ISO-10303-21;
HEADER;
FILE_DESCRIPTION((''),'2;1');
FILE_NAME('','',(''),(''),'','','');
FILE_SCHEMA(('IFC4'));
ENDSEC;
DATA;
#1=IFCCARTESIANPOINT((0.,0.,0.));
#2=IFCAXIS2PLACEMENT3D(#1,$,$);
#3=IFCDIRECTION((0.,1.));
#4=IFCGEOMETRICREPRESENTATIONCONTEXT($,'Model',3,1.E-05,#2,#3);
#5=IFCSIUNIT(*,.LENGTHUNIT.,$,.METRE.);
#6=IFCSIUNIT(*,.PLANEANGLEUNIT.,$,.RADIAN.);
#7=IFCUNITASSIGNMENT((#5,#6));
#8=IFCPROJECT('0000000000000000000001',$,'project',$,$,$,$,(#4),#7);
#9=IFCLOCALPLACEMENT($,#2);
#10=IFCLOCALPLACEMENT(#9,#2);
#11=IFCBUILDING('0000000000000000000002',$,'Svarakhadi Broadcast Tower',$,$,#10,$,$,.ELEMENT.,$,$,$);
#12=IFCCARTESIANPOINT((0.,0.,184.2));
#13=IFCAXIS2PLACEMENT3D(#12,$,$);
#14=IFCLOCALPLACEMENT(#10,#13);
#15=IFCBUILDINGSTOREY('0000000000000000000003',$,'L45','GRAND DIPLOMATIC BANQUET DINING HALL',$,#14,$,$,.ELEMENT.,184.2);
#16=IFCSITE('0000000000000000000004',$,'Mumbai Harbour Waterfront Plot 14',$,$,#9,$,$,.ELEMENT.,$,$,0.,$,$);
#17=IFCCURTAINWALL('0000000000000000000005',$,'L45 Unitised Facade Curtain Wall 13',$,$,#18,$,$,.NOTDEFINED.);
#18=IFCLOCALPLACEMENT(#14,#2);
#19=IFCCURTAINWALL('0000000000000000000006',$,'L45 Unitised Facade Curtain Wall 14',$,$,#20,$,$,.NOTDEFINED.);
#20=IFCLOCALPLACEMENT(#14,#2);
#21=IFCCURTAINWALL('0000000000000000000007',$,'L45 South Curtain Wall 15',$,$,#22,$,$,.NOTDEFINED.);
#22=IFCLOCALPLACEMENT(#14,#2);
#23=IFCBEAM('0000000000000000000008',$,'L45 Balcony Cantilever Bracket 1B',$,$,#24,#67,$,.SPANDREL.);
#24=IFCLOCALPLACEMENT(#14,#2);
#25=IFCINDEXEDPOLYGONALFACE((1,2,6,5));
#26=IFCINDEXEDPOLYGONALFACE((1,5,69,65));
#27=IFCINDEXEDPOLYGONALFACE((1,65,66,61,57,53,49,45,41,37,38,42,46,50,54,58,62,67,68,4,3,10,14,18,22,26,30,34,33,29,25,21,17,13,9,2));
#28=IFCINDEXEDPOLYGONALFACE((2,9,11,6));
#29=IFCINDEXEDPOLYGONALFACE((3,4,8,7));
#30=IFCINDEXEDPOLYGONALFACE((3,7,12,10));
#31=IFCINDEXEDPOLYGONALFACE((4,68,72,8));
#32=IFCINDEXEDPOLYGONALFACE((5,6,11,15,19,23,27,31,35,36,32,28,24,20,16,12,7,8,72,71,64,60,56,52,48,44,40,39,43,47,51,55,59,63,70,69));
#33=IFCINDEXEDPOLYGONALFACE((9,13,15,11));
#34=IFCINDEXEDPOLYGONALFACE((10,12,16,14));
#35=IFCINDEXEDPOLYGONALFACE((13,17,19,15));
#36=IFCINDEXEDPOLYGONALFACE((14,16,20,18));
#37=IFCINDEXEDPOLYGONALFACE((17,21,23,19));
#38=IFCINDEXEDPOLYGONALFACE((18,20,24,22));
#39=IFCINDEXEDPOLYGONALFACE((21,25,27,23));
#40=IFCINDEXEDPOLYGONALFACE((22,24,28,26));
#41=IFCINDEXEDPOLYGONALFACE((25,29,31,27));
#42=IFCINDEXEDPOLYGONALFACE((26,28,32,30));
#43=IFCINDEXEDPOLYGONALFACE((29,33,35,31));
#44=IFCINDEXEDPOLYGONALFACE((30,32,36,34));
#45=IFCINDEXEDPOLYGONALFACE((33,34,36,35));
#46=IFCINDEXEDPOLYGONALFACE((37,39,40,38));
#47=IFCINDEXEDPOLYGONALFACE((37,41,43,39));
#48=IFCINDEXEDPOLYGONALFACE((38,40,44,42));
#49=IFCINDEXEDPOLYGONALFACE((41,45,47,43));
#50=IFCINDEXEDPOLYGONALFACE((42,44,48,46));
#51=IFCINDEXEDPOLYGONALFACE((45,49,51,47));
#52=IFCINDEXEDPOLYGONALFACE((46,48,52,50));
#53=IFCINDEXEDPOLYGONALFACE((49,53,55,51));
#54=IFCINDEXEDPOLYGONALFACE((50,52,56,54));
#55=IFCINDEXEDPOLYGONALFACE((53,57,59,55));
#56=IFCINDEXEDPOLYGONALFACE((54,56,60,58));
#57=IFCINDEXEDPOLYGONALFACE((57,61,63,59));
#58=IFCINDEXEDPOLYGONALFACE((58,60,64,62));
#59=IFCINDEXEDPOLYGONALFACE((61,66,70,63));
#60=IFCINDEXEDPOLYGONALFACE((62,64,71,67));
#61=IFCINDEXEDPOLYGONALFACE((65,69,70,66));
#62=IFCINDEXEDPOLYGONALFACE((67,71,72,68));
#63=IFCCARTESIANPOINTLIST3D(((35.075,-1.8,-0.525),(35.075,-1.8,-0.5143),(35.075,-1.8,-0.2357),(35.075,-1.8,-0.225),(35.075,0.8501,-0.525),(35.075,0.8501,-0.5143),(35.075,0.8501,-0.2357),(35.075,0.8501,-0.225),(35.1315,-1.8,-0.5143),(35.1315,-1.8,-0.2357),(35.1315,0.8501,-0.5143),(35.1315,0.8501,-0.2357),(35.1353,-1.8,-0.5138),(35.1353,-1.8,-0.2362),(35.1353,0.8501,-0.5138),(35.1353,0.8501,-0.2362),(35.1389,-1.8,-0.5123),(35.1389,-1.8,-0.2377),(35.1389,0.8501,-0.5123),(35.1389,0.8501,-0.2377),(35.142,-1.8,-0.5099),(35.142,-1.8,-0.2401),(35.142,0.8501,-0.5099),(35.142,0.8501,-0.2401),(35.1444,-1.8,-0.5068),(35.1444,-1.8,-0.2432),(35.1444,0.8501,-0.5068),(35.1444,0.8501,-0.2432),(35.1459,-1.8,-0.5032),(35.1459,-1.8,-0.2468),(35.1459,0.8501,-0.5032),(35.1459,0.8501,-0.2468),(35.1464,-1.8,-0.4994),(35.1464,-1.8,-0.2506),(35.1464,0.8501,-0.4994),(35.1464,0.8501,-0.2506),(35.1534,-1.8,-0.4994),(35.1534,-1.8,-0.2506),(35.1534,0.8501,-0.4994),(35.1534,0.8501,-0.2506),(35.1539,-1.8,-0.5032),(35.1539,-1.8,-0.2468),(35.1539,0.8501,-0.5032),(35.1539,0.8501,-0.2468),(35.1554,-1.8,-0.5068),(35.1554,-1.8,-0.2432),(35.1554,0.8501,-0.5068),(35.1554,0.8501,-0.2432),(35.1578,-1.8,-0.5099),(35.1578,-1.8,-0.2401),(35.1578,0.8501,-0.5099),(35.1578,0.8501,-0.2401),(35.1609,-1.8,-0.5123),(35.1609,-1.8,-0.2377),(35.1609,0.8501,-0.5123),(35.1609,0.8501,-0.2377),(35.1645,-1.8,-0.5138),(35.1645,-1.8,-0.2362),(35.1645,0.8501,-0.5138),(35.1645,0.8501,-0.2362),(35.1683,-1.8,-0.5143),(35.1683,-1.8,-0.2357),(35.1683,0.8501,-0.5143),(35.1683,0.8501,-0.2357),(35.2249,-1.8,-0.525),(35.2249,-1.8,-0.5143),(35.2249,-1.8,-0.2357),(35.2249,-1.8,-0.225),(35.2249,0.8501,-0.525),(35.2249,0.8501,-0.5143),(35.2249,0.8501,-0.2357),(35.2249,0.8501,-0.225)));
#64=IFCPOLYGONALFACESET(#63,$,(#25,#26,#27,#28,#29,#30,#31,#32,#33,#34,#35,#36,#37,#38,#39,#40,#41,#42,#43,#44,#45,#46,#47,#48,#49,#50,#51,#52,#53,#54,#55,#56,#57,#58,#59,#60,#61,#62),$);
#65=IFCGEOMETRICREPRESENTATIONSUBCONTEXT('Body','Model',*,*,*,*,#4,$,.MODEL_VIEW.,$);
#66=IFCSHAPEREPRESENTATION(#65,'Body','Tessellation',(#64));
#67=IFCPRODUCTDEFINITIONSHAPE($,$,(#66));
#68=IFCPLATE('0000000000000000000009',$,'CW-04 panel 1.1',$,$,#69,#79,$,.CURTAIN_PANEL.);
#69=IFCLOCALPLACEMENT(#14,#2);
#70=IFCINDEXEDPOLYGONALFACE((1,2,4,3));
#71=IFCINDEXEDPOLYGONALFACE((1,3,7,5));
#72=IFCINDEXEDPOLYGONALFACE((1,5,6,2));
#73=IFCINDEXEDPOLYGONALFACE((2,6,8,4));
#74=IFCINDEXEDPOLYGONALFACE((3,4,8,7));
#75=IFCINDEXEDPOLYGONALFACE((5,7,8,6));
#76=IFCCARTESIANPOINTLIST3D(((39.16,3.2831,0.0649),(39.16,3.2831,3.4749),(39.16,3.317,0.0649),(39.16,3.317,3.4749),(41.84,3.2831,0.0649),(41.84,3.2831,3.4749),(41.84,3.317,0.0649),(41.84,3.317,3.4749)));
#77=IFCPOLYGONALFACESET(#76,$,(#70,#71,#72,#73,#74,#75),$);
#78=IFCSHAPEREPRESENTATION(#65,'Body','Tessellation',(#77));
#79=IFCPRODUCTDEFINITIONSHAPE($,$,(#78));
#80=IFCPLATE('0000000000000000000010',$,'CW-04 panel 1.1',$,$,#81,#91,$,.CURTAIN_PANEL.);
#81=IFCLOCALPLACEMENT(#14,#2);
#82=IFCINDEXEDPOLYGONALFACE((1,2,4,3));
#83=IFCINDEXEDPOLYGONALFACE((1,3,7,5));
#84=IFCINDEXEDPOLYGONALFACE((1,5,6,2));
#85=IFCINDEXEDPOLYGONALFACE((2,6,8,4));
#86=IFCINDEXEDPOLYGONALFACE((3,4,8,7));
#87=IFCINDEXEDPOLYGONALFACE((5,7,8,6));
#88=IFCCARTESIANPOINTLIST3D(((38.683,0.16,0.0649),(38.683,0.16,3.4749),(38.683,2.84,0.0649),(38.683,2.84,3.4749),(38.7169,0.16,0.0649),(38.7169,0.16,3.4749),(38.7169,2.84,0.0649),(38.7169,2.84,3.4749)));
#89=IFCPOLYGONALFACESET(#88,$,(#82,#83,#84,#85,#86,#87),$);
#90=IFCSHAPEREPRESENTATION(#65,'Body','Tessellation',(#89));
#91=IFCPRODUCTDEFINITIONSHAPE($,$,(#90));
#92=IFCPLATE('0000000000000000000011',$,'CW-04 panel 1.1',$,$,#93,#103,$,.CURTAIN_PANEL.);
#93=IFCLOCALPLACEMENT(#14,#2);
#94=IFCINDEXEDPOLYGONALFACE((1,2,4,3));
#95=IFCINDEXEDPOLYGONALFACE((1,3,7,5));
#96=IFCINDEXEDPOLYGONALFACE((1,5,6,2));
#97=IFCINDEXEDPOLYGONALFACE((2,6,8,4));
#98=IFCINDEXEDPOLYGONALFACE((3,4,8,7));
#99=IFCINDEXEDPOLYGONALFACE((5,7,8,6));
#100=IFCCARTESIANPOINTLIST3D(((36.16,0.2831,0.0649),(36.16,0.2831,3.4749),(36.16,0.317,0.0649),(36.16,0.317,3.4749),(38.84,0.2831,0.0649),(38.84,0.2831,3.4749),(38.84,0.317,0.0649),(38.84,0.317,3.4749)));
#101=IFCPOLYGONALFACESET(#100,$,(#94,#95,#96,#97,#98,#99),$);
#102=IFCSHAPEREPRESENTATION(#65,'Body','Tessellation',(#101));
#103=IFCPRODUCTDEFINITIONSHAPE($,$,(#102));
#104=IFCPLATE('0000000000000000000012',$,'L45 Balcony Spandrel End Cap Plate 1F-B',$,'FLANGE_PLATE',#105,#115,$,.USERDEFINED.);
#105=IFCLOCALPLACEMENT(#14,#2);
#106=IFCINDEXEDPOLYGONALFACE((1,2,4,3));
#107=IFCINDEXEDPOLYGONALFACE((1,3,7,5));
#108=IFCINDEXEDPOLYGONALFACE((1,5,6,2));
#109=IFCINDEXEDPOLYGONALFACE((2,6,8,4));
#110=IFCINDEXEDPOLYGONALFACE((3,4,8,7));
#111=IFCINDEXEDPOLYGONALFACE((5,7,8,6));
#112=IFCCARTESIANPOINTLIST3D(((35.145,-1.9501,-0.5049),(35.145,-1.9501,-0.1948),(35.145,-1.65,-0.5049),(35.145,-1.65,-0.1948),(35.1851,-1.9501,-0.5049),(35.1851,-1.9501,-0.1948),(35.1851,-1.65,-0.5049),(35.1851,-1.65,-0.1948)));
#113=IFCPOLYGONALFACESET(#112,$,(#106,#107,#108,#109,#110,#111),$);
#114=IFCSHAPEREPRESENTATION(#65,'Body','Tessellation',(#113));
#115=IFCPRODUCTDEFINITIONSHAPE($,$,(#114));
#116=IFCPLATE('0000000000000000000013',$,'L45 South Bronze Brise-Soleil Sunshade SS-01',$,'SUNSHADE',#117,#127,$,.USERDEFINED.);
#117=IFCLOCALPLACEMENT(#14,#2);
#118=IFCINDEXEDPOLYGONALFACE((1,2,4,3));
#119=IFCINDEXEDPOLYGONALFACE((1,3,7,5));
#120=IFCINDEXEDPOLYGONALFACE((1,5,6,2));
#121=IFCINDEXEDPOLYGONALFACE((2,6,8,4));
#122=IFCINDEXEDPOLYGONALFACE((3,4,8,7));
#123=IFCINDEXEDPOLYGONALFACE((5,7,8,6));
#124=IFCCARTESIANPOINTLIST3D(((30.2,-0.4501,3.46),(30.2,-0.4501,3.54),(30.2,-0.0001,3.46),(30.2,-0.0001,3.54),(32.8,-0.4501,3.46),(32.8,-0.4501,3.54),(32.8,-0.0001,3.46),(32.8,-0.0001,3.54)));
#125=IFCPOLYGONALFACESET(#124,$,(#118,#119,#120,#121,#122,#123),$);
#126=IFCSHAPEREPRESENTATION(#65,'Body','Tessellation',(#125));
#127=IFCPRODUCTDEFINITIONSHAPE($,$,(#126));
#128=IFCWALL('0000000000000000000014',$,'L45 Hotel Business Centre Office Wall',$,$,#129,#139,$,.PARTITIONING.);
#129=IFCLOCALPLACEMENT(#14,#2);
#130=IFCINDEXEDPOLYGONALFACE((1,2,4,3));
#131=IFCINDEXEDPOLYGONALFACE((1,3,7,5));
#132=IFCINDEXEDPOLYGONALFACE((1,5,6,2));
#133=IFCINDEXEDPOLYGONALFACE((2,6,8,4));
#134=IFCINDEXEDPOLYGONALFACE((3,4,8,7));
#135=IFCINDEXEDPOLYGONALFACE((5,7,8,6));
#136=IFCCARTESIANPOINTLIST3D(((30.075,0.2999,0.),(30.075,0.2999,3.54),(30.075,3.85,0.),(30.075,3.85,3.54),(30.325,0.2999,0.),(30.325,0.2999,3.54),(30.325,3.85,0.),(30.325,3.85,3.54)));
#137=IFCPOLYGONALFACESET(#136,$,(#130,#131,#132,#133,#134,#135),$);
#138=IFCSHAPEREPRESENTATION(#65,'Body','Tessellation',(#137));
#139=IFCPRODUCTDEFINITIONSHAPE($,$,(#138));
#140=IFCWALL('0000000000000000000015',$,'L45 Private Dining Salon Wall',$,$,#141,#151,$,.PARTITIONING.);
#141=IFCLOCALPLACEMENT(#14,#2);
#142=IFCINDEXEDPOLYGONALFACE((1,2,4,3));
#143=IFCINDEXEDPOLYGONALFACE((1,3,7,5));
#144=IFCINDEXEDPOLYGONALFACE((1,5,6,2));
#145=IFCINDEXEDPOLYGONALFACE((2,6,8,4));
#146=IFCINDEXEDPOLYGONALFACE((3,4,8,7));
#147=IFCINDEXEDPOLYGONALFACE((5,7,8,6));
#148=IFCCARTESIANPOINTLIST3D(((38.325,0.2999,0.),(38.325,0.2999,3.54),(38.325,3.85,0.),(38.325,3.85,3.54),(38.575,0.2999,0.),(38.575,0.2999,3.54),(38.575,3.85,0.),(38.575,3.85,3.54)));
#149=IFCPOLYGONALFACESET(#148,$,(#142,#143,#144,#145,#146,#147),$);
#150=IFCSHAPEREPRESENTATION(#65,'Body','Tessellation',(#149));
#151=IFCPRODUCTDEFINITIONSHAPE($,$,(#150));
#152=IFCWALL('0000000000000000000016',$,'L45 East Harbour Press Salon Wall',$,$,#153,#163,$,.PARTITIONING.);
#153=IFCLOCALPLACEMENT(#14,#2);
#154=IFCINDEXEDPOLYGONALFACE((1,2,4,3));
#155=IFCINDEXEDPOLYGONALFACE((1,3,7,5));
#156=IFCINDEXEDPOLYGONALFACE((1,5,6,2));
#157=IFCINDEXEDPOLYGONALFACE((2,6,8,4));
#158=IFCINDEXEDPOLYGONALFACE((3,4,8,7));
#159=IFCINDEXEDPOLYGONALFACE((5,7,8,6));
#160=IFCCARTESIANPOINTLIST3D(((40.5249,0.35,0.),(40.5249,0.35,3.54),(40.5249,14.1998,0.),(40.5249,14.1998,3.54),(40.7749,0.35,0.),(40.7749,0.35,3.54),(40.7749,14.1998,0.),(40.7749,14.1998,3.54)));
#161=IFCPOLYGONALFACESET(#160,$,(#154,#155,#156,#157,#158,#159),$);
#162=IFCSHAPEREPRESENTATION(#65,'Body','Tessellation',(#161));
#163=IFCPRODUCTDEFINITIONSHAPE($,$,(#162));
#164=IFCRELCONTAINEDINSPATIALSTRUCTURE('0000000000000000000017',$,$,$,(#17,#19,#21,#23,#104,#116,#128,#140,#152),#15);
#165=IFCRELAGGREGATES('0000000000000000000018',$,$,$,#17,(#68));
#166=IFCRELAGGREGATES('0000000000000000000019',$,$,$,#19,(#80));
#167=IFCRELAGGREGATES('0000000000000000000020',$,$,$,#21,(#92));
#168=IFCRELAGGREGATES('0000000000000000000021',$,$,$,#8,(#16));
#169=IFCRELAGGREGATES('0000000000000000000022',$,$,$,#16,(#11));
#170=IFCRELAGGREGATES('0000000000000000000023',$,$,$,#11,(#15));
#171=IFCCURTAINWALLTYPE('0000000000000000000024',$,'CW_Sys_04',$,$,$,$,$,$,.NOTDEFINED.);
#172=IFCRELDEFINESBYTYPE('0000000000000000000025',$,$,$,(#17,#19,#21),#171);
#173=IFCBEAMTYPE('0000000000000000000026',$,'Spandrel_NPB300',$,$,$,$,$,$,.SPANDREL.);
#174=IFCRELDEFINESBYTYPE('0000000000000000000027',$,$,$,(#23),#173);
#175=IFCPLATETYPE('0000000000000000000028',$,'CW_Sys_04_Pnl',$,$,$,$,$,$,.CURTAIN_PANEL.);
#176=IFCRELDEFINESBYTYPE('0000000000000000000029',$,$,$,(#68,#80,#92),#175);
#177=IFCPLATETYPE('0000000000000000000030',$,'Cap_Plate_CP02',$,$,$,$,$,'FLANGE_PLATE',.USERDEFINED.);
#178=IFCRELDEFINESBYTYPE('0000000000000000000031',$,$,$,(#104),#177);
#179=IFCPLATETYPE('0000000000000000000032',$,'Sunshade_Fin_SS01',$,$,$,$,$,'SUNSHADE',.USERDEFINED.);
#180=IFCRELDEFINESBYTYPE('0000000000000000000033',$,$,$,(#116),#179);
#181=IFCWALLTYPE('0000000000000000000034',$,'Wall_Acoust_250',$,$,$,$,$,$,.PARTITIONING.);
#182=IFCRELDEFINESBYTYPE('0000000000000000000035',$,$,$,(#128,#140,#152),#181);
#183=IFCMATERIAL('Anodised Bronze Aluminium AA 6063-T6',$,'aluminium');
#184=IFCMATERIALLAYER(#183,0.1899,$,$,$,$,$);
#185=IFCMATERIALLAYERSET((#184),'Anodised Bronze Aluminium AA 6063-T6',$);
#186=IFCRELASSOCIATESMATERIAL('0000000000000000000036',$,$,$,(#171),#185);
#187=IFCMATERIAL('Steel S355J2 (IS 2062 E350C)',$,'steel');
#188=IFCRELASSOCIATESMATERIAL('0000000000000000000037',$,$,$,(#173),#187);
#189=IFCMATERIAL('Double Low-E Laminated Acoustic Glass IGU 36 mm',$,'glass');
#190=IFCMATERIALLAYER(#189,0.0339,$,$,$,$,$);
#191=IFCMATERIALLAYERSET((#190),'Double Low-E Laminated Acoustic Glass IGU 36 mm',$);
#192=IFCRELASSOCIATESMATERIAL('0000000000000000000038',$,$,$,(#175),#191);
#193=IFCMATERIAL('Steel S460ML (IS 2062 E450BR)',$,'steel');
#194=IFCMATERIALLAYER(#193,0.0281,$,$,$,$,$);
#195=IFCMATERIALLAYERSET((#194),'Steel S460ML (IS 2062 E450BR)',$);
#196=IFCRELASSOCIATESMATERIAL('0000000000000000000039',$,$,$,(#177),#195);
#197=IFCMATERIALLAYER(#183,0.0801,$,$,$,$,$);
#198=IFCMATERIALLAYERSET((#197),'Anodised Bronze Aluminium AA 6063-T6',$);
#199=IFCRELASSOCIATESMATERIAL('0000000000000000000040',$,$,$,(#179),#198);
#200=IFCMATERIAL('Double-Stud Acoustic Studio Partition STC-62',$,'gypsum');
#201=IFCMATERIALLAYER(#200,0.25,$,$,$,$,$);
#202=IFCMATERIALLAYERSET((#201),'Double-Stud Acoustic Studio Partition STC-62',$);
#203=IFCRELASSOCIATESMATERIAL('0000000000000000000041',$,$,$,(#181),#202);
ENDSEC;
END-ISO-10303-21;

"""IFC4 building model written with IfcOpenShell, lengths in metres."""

from ifc_helpers import new_model, si_unit, direction, frame, frame_2d, origin, origin_2d, place, context, subcontext, project, spatial, rectangle, i_section, extrude, material, layer, layer_set, material_profile, profile_set, type_object, element, aggregate, save


model = new_model("IFC4")

# Units and contexts
model_context = context("Model", 3, precision=1e-05, world=origin(), true_north=direction((0.0, 1.0)))
body_context = subcontext(model_context, "Body", "Model", "MODEL_VIEW")
ifc_project = project(units=[si_unit("LENGTHUNIT", "METRE"), si_unit("PLANEANGLEUNIT", "RADIAN")], contexts=[model_context])

# Site, building, storey
site_placement = place(None, origin())
site = spatial("IfcSite", under=ifc_project, at=site_placement, Name="Mumbai Harbour Waterfront Plot 14", CompositionType="ELEMENT", RefElevation=0.0)
building_placement = place(site_placement, origin())
building = spatial("IfcBuilding", under=site, at=building_placement, Name="Svarakhadi Broadcast Tower", CompositionType="ELEMENT")
storey_placement = place(building_placement, frame((0.0, 0.0, 184.2)))
storey = spatial("IfcBuildingStorey", under=building, at=storey_placement, Name="L45", Description="GRAND DIPLOMATIC BANQUET DINING HALL", CompositionType="ELEMENT", Elevation=184.2)

# Curtain wall
ifc_material_1 = material(Name="Anodised Bronze Aluminium AA 6063-T6", Category="aluminium")
ifc_layer_1 = layer(ifc_material_1, 0.1899)
ifc_layer_set_1 = layer_set([ifc_layer_1], Name="Anodised Bronze Aluminium AA 6063-T6")
curtain_wall_type = type_object("IfcCurtainWallType", Name="CW_Sys_04", PredefinedType="NOTDEFINED", material=ifc_layer_set_1)
curtain_wall_1_placement = place(storey_placement, origin())
curtain_wall_1 = element("IfcCurtainWall", 1, at=curtain_wall_1_placement, inside=storey, type_object=curtain_wall_type, Name="L45 Unitised Facade Curtain Wall 13", PredefinedType="NOTDEFINED")

# Curtain walls
curtain_wall_2_placement = place(storey_placement, origin())
curtain_wall_2 = element("IfcCurtainWall", 2, at=curtain_wall_2_placement, inside=storey, type_object=curtain_wall_type, Name="L45 Unitised Facade Curtain Wall 14", PredefinedType="NOTDEFINED")
curtain_wall_3_placement = place(storey_placement, origin())
curtain_wall_3 = element("IfcCurtainWall", 3, at=curtain_wall_3_placement, inside=storey, type_object=curtain_wall_type, Name="L45 South Curtain Wall 15", PredefinedType="NOTDEFINED")

# Beam
ifc_material_2 = material(Name="Steel S355J2 (IS 2062 E350C)", Category="steel")
ifc_material_profile_1 = material_profile(ifc_material_2, i_section(OverallWidth=0.1499, OverallDepth=0.3, WebThickness=0.0071, FlangeThickness=0.0107, FilletRadius=0.0149, at=origin_2d()), Name="NPB 300x150x37")
ifc_profile_set_1 = profile_set([ifc_material_profile_1], Name="Steel S355J2 (IS 2062 E350C)")
beam_type_1 = type_object("IfcBeamType", Name="Spandrel_NPB300", PredefinedType="SPANDREL", material=ifc_profile_set_1)
for number, where, z_axis, x_axis, name in (
    (4, (35.1499, 0.8501, -0.375), (0.0, -1.0, 0.0), (1.0, 0.0, 0.0), "L45 Balcony Cantilever Bracket 1B"),
):
    element("IfcBeam", number, at=place(storey_placement, frame(where, z_axis=z_axis, x_axis=x_axis)), inside=storey, type_object=beam_type_1, Name=name, PredefinedType="SPANDREL", context=body_context, shape_type="SweptSolid", body=[
        extrude(i_section(OverallWidth=0.1499, OverallDepth=0.3, WebThickness=0.0071, FlangeThickness=0.0107, FilletRadius=0.0149, at=origin_2d()), origin(), (0.0, 0.0, 1.0), 2.6501),
    ])

# Plates
ifc_material_3 = material(Name="Double Low-E Laminated Acoustic Glass IGU 36 mm", Category="glass")
ifc_layer_2 = layer(ifc_material_3, 0.0339)
ifc_layer_set_2 = layer_set([ifc_layer_2], Name="Double Low-E Laminated Acoustic Glass IGU 36 mm")
plate_type_1 = type_object("IfcPlateType", Name="CW_Sys_04_Pnl", PredefinedType="CURTAIN_PANEL", material=ifc_layer_set_2)
plate_1_placement = place(storey_placement, frame((40.5, 3.3, 0.0649), z_axis=(0.0, 0.0, 1.0), x_axis=(-1.0, 0.0, 0.0)))
plate_1 = element("IfcPlate", 5, at=plate_1_placement, type_object=plate_type_1, Name="CW-04 panel 1.1", PredefinedType="CURTAIN_PANEL", context=body_context, shape_type="SweptSolid", body=[
    extrude(rectangle(XDim=2.6799, YDim=0.0339, at=origin_2d()), origin(), (0.0, 0.0, 1.0), 3.4099),
])
aggregate(curtain_wall_1, [plate_1])
plate_2_placement = place(storey_placement, frame((38.7, 1.5, 0.0649), z_axis=(0.0, 0.0, 1.0), x_axis=(0.0, -1.0, 0.0)))
plate_2 = element("IfcPlate", 6, at=plate_2_placement, type_object=plate_type_1, Name="CW-04 panel 1.1", PredefinedType="CURTAIN_PANEL", context=body_context, shape_type="SweptSolid", body=[
    extrude(rectangle(XDim=2.6799, YDim=0.0339, at=origin_2d()), origin(), (0.0, 0.0, 1.0), 3.4099),
])
aggregate(curtain_wall_2, [plate_2])
plate_3_placement = place(storey_placement, frame((37.5, 0.3, 0.0649), z_axis=(0.0, 0.0, 1.0), x_axis=(-1.0, 0.0, 0.0)))
plate_3 = element("IfcPlate", 7, at=plate_3_placement, type_object=plate_type_1, Name="CW-04 panel 1.1", PredefinedType="CURTAIN_PANEL", context=body_context, shape_type="SweptSolid", body=[
    extrude(rectangle(XDim=2.6799, YDim=0.0339, at=origin_2d()), origin(), (0.0, 0.0, 1.0), 3.4099),
])
aggregate(curtain_wall_3, [plate_3])

# Plates
ifc_material_4 = material(Name="Steel S460ML (IS 2062 E450BR)", Category="steel")
ifc_layer_3 = layer(ifc_material_4, 0.0281)
ifc_layer_set_3 = layer_set([ifc_layer_3], Name="Steel S460ML (IS 2062 E450BR)")
plate_type_2 = type_object("IfcPlateType", Name="Cap_Plate_CP02", ElementType="FLANGE_PLATE", PredefinedType="USERDEFINED", material=ifc_layer_set_3)
plate_4_placement = place(storey_placement, frame((35.165, -1.8, -0.5049), z_axis=(0.0, 0.0, 1.0), x_axis=(1.0, 0.0, 0.0)))
element("IfcPlate", 8, at=plate_4_placement, inside=storey, type_object=plate_type_2, Name="L45 Balcony Spandrel End Cap Plate 1F-B", ObjectType="FLANGE_PLATE", PredefinedType="USERDEFINED", context=body_context, shape_type="SweptSolid", body=[
    extrude(rectangle(XDim=0.04, YDim=0.3, at=origin_2d()), origin(), (0.0, 0.0, 1.0), 0.3101),
])
ifc_layer_4 = layer(ifc_material_1, 0.0801)
ifc_layer_set_4 = layer_set([ifc_layer_4], Name="Anodised Bronze Aluminium AA 6063-T6")
plate_type_3 = type_object("IfcPlateType", Name="Sunshade_Fin_SS01", ElementType="SUNSHADE", PredefinedType="USERDEFINED", material=ifc_layer_set_4)
plate_5_placement = place(storey_placement, frame((31.5, -0.2251, 3.46), z_axis=(0.0, 0.0, 1.0), x_axis=(1.0, 0.0, 0.0)))
element("IfcPlate", 9, at=plate_5_placement, inside=storey, type_object=plate_type_3, Name="L45 South Bronze Brise-Soleil Sunshade SS-01", ObjectType="SUNSHADE", PredefinedType="USERDEFINED", context=body_context, shape_type="SweptSolid", body=[
    extrude(rectangle(XDim=2.6001, YDim=0.45, at=origin_2d()), origin(), (0.0, 0.0, 1.0), 0.0801),
])

# Walls
ifc_material_5 = material(Name="Double-Stud Acoustic Studio Partition STC-62", Category="gypsum")
ifc_layer_5 = layer(ifc_material_5, 0.25)
ifc_layer_set_5 = layer_set([ifc_layer_5], Name="Double-Stud Acoustic Studio Partition STC-62")
wall_type_1 = type_object("IfcWallType", Name="Wall_Acoust_250", PredefinedType="PARTITIONING", material=ifc_layer_set_5)
for number, where, z_axis, x_axis, name in (
    (10, (30.2, 0.3, 0.0), (0.0, 0.0, 1.0), (0.0, 1.0, 0.0), "L45 Hotel Business Centre Office Wall"),
    (11, (38.45, 0.3, 0.0), (0.0, 0.0, 1.0), (0.0, 1.0, 0.0), "L45 Private Dining Salon Wall"),
):
    element("IfcWall", number, at=place(storey_placement, frame(where, z_axis=z_axis, x_axis=x_axis)), inside=storey, type_object=wall_type_1, Name=name, PredefinedType="PARTITIONING", context=body_context, shape_type="SweptSolid", body=[
        extrude(rectangle(XDim=3.55, YDim=0.25, at=frame_2d((1.7749, 0.0))), origin(), (0.0, 0.0, 1.0), 3.54),
    ])
wall_1_placement = place(storey_placement, frame((40.6499, 0.3501, 0.0), z_axis=(0.0, 0.0, 1.0), x_axis=(0.0, 1.0, 0.0)))
element("IfcWall", 12, at=wall_1_placement, inside=storey, type_object=wall_type_1, Name="L45 East Harbour Press Salon Wall", PredefinedType="PARTITIONING", context=body_context, shape_type="SweptSolid", body=[
    extrude(rectangle(XDim=13.8499, YDim=0.25, at=frame_2d((6.9248, 0.0))), origin(), (0.0, 0.0, 1.0), 3.54),
])

save(model, "model.ifc")
